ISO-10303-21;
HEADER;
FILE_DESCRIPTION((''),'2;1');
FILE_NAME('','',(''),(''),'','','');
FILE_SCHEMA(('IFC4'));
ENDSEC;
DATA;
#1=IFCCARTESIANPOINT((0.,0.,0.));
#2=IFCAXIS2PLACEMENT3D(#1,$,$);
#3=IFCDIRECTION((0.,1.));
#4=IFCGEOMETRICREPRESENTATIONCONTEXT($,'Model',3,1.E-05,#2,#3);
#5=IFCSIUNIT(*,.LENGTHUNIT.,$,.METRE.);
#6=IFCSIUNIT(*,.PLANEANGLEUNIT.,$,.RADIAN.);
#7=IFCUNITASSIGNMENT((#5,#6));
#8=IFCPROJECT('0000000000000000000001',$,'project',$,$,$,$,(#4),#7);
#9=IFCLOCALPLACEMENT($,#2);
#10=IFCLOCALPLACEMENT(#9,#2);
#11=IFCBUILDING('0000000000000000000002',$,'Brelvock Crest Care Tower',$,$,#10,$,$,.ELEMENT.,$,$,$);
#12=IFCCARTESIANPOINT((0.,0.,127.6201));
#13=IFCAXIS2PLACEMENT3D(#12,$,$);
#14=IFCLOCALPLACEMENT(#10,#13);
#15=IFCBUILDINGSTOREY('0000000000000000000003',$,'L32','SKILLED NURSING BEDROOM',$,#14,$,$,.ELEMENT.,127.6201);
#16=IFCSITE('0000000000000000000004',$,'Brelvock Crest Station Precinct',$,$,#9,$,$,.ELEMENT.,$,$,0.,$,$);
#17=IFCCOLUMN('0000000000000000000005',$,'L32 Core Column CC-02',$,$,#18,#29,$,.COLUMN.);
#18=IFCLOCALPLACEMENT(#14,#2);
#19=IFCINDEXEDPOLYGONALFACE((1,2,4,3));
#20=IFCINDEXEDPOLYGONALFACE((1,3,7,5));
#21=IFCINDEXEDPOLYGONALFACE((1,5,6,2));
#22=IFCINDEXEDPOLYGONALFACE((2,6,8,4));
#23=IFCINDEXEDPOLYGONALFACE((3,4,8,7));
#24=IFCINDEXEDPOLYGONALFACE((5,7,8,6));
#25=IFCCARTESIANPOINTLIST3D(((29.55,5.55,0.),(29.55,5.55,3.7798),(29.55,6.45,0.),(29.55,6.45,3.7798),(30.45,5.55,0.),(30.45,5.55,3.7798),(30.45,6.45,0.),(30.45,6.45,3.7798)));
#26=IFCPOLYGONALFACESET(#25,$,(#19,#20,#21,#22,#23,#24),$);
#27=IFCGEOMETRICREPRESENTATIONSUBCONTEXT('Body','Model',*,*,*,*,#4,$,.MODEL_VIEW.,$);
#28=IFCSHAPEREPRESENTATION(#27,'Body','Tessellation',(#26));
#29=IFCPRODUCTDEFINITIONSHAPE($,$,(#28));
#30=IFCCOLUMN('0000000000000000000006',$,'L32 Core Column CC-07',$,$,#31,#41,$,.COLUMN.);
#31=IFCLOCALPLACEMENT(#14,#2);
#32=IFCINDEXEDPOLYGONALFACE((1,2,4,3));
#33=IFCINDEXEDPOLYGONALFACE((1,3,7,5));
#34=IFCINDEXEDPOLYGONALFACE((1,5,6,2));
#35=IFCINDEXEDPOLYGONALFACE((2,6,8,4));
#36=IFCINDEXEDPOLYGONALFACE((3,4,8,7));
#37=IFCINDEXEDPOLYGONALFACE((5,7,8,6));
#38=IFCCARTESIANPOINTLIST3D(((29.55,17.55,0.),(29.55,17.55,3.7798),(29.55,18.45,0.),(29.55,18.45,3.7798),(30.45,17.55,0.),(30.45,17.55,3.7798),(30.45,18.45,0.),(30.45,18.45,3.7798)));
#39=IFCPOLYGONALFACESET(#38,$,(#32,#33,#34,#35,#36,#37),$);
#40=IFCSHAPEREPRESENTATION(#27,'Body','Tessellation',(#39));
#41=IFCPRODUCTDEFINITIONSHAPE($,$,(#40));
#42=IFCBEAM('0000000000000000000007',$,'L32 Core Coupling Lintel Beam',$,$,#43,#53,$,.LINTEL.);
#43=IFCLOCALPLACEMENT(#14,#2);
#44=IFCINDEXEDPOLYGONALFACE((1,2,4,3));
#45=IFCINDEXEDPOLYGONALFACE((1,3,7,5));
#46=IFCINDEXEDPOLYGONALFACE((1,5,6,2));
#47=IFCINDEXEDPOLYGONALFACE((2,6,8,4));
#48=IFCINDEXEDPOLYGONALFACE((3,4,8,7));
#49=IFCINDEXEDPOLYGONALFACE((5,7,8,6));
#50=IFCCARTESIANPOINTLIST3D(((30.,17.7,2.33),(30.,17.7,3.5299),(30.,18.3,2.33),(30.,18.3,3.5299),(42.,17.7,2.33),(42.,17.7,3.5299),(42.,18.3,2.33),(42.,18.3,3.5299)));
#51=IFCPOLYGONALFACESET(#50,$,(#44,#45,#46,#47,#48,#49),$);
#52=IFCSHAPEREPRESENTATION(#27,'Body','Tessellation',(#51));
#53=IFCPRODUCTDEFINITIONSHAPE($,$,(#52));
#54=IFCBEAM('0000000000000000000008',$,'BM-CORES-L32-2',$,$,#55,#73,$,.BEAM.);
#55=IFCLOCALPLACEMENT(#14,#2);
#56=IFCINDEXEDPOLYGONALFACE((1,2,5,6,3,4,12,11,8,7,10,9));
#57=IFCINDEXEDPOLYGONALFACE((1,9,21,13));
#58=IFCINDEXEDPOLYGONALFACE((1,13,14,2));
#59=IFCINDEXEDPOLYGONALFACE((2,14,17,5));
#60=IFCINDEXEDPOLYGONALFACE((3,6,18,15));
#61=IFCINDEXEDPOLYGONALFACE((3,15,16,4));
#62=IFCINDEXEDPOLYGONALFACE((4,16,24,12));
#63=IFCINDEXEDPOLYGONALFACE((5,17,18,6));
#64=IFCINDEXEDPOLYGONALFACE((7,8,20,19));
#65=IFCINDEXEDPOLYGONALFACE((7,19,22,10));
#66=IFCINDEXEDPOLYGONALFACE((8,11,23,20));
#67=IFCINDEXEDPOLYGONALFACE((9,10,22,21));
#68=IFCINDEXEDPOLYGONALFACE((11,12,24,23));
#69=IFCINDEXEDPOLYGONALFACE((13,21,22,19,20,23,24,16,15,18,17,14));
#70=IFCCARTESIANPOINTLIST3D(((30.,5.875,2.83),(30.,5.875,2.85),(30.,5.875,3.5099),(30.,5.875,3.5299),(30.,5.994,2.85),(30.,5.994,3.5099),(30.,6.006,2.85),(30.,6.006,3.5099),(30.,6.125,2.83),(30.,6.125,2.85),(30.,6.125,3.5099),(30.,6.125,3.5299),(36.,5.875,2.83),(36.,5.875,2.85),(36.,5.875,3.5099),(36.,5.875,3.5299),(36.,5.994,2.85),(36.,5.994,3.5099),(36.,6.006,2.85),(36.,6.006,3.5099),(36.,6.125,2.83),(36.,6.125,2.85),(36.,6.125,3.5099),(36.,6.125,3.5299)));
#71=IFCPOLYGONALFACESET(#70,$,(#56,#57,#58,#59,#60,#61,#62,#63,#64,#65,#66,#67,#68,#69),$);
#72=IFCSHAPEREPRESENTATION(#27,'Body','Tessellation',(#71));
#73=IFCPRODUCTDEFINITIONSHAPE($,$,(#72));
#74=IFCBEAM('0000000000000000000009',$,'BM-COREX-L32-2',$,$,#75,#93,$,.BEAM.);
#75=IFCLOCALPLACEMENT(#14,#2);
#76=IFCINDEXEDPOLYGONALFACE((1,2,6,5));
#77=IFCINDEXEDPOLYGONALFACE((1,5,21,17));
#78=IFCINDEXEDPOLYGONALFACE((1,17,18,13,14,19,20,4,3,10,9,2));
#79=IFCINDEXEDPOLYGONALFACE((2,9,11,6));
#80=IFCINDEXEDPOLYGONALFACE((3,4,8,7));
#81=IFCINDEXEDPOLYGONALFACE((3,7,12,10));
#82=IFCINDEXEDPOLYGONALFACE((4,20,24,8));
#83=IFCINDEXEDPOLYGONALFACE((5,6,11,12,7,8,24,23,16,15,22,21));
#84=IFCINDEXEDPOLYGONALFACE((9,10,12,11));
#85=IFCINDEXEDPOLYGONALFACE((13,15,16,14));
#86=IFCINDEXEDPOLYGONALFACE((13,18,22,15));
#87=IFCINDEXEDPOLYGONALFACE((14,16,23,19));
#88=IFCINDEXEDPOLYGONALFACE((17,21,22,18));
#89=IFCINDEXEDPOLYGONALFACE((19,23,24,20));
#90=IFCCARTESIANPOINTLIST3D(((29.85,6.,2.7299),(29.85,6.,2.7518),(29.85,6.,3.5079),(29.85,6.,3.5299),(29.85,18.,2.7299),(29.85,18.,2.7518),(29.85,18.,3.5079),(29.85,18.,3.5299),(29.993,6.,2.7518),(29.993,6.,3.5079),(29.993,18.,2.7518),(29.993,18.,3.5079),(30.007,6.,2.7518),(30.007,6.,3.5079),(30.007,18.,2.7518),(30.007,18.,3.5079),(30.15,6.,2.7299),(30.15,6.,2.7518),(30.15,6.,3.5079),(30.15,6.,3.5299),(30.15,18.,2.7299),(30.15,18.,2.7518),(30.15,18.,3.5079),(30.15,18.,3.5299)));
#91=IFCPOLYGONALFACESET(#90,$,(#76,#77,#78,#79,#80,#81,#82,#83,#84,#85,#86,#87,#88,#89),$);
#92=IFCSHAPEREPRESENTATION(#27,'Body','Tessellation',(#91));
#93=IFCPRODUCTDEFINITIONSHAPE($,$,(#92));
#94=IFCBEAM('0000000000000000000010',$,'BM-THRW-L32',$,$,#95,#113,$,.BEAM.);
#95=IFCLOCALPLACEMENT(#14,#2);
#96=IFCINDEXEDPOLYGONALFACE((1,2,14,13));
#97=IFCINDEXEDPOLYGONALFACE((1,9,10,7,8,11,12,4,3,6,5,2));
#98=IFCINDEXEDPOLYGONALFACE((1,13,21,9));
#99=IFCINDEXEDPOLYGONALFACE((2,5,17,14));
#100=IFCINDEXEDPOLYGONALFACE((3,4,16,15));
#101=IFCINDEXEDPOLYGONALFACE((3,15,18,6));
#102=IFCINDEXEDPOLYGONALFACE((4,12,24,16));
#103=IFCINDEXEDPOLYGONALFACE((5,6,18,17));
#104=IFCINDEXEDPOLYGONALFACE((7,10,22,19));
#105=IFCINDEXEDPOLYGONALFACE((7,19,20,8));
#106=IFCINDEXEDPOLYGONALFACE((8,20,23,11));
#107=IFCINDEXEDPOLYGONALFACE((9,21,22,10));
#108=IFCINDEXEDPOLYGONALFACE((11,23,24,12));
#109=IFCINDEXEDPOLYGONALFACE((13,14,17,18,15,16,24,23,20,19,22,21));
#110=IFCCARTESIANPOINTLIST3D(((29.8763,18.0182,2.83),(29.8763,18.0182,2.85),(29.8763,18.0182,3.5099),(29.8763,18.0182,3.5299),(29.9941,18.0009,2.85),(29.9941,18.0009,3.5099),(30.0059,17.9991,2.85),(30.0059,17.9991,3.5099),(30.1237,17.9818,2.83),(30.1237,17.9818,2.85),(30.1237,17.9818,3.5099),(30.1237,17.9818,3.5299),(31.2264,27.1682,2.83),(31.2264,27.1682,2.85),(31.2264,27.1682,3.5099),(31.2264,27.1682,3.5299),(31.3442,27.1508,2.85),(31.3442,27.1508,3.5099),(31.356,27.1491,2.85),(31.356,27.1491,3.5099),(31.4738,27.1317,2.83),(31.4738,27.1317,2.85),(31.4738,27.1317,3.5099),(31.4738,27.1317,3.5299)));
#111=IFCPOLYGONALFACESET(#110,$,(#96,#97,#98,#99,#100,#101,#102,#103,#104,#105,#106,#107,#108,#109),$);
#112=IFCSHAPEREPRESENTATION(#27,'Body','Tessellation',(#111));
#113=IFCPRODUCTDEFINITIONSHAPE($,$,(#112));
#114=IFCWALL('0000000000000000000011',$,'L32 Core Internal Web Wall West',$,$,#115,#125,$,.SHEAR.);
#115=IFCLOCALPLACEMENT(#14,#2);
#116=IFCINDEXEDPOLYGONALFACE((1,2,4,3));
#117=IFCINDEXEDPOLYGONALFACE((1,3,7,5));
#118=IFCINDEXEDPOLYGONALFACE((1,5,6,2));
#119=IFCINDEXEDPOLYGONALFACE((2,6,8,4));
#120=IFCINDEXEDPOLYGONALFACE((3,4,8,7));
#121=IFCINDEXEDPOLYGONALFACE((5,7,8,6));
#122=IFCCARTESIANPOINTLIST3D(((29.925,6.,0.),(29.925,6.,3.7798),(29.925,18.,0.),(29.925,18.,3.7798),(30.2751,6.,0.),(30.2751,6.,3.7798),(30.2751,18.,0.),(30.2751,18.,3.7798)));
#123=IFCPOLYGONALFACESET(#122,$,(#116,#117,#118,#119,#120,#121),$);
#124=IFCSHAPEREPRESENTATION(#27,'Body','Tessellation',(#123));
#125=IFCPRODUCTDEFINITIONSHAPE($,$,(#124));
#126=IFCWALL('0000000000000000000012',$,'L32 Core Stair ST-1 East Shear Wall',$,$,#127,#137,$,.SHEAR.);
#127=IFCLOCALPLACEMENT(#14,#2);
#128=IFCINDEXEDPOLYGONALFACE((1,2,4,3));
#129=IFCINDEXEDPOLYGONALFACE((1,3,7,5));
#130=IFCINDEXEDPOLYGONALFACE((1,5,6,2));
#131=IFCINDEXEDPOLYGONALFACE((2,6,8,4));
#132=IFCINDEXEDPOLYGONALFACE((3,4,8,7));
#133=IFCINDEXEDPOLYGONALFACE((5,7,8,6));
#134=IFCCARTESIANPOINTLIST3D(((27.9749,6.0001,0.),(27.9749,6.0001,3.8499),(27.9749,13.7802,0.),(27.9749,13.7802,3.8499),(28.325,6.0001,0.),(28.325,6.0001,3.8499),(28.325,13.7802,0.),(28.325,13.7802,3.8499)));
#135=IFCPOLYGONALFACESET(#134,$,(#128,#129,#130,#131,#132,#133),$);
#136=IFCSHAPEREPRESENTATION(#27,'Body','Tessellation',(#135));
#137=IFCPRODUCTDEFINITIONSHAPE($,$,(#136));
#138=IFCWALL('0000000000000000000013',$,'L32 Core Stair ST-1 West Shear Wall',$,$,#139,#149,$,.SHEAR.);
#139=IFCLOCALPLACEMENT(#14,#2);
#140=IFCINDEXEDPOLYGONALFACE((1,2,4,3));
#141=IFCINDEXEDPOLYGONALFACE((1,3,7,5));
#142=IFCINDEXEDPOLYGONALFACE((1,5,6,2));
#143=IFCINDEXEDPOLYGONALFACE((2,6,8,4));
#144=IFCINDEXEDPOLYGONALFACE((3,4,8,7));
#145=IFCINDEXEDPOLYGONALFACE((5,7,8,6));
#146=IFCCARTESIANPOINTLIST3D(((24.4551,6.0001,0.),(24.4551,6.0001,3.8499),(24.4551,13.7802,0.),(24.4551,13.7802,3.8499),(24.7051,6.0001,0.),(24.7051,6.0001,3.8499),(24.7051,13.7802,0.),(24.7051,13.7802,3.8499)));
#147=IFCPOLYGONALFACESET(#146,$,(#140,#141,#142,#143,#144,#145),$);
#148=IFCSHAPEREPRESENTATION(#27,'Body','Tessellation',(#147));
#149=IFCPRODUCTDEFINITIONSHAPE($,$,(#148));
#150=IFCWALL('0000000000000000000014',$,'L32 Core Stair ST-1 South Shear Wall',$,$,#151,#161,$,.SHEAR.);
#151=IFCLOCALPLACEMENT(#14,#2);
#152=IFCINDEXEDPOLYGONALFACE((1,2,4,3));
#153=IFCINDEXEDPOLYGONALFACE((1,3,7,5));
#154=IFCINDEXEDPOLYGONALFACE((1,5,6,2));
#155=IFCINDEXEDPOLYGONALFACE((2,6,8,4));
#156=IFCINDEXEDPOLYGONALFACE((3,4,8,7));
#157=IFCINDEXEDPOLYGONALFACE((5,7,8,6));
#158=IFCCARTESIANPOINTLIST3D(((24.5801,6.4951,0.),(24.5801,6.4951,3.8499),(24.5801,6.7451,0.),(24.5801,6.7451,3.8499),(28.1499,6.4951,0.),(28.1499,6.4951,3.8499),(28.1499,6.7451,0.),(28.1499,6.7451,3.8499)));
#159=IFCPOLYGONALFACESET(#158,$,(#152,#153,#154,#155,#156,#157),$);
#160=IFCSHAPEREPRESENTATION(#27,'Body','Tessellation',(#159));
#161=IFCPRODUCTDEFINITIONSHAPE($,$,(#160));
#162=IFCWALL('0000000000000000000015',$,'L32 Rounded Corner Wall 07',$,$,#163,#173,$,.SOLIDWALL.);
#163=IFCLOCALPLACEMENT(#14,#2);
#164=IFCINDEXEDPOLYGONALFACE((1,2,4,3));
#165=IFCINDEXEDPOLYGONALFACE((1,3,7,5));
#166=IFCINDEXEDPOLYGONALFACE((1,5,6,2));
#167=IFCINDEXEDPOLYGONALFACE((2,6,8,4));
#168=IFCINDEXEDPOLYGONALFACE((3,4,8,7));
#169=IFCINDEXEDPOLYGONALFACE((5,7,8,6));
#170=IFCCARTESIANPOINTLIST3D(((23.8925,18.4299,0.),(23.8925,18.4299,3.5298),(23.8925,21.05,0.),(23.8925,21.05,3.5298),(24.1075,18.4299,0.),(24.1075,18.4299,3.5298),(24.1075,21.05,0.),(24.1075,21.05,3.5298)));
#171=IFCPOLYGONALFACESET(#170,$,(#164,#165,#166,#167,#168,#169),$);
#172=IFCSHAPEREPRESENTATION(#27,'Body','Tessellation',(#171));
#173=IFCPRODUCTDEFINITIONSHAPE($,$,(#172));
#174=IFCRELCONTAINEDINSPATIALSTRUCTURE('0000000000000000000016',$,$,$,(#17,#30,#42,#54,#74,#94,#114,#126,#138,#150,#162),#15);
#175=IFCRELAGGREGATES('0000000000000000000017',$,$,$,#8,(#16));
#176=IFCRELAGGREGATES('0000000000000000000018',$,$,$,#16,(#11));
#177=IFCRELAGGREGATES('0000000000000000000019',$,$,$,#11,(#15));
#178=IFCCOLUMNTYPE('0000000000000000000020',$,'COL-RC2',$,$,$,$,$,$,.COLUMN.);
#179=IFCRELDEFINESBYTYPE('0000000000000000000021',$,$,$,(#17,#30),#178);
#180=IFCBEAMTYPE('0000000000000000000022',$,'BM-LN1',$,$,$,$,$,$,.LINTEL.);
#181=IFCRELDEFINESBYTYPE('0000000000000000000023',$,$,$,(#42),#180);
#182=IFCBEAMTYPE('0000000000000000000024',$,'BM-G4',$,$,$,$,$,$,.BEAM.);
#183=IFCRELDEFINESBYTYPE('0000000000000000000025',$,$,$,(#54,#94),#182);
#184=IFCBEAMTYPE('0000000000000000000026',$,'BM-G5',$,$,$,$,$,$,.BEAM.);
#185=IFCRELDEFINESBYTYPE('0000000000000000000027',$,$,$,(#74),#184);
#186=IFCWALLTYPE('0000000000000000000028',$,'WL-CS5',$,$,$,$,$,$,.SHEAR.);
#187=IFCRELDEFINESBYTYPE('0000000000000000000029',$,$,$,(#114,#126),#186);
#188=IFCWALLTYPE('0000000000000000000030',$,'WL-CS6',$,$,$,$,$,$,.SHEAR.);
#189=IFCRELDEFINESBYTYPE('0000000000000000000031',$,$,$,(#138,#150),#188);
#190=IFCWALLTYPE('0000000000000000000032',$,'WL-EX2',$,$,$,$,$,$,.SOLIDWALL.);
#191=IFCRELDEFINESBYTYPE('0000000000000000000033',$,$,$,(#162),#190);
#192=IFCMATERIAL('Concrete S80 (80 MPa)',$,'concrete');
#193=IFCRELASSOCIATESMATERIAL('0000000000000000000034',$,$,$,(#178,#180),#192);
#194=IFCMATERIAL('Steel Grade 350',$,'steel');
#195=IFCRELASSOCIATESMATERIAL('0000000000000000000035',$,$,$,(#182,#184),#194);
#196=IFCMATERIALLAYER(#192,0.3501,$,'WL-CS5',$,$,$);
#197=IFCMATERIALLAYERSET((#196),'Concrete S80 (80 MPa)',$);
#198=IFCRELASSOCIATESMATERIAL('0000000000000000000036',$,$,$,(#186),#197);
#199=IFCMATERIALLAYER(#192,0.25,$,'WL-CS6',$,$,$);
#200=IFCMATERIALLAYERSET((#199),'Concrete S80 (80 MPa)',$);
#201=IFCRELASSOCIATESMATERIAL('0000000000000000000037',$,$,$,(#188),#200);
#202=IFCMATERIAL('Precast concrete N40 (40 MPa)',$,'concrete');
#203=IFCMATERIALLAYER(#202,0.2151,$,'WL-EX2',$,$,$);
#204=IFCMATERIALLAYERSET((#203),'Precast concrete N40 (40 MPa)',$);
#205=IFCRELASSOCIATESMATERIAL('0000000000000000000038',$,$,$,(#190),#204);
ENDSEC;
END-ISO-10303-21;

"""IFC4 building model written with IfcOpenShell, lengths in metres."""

from ifc_helpers import new_model, si_unit, direction, frame, frame_2d, origin, origin_2d, place, context, subcontext, project, spatial, rectangle, i_section, extrude, source, transform, mapped, material, layer, layer_set, material_profile, profile_set, type_object, element, save


model = new_model("IFC4")

# Units and contexts
model_context = context("Model", 3, precision=1e-05, world=origin(), true_north=direction((0.0, 1.0)))
body_context = subcontext(model_context, "Body", "Model", "MODEL_VIEW")
ifc_project = project(units=[si_unit("LENGTHUNIT", "METRE"), si_unit("PLANEANGLEUNIT", "RADIAN")], contexts=[model_context])

# Site, building, storey
site_placement = place(None, origin())
site = spatial("IfcSite", under=ifc_project, at=site_placement, Name="Brelvock Crest Station Precinct", CompositionType="ELEMENT", RefElevation=0.0)
building_placement = place(site_placement, origin())
building = spatial("IfcBuilding", under=site, at=building_placement, Name="Brelvock Crest Care Tower", CompositionType="ELEMENT")
storey_placement = place(building_placement, frame((0.0, 0.0, 127.6201)))
storey = spatial("IfcBuildingStorey", under=building, at=storey_placement, Name="L32", Description="SKILLED NURSING BEDROOM", CompositionType="ELEMENT", Elevation=127.6201)

# Columns
ifc_material_1 = material(Name="Concrete S80 (80 MPa)", Category="concrete")
ifc_material_profile_1 = material_profile(ifc_material_1, rectangle(XDim=0.8999, YDim=0.8999, at=origin_2d()), Name="RC900x900")
ifc_profile_set_1 = profile_set([ifc_material_profile_1], Name="Concrete S80 (80 MPa)")
column_type = type_object("IfcColumnType", Name="COL-RC2", PredefinedType="COLUMN", material=ifc_profile_set_1)
shared_shape_1 = source(origin(), body_context, "Body", "SweptSolid", [
    extrude(rectangle(XDim=0.8999, YDim=0.8999, at=origin_2d()), origin(), (0.0, 0.0, 1.0), 3.7798),
])
for number, where, z_axis, x_axis, name in (
    (1, (30.0, 6.0, 0.0), (0.0, 0.0, 1.0), (1.0, 0.0, 0.0), "L32 Core Column CC-02"),
    (2, (30.0, 18.0, 0.0), (0.0, 0.0, 1.0), (1.0, 0.0, 0.0), "L32 Core Column CC-07"),
):
    element("IfcColumn", number, at=place(storey_placement, frame(where, z_axis=z_axis, x_axis=x_axis)), inside=storey, type_object=column_type, Name=name, PredefinedType="COLUMN", context=body_context, shape_type="MappedRepresentation", body=[
        mapped(shared_shape_1, transform((0.0, 0.0, 0.0), x_axis=(1.0, 0.0, 0.0), y_axis=(0.0, 1.0, 0.0), z_axis=(0.0, 0.0, 1.0), scale=1.0)),
    ])

# Beams
ifc_material_profile_2 = material_profile(ifc_material_1, rectangle(XDim=0.6001, YDim=1.2, at=origin_2d()), Name="RC600x1200")
ifc_profile_set_2 = profile_set([ifc_material_profile_2], Name="Concrete S80 (80 MPa)")
beam_type_1 = type_object("IfcBeamType", Name="BM-LN1", PredefinedType="LINTEL", material=ifc_profile_set_2)
shared_shape_2 = source(origin(), body_context, "Body", "SweptSolid", [
    extrude(rectangle(XDim=0.6001, YDim=1.2, at=origin_2d()), origin(), (0.0, 0.0, 1.0), 12.0),
])
beam_1_placement = place(storey_placement, frame((30.0, 18.0, 2.9299), z_axis=(1.0, 0.0, 0.0), x_axis=(0.0, 1.0, 0.0)))
element("IfcBeam", 3, at=beam_1_placement, inside=storey, type_object=beam_type_1, Name="L32 Core Coupling Lintel Beam", PredefinedType="LINTEL", context=body_context, shape_type="MappedRepresentation", body=[
    mapped(shared_shape_2, transform((0.0, 0.0, 0.0), x_axis=(1.0, 0.0, 0.0), y_axis=(0.0, 1.0, 0.0), z_axis=(0.0, 0.0, 1.0), scale=1.0)),
])
ifc_material_2 = material(Name="Steel Grade 350", Category="steel")
ifc_material_profile_3 = material_profile(ifc_material_2, i_section(OverallWidth=0.25, OverallDepth=0.7, WebThickness=0.012, FlangeThickness=0.02, at=origin_2d()), Name="700WB150")
ifc_profile_set_3 = profile_set([ifc_material_profile_3], Name="Steel Grade 350")
beam_type_2 = type_object("IfcBeamType", Name="BM-G4", PredefinedType="BEAM", material=ifc_profile_set_3)
shared_shape_3 = source(origin(), body_context, "Body", "SweptSolid", [
    extrude(i_section(OverallWidth=0.25, OverallDepth=0.7, WebThickness=0.012, FlangeThickness=0.02, at=origin_2d()), origin(), (0.0, 0.0, 1.0), 6.0),
])
beam_2_placement = place(storey_placement, frame((30.0, 6.0, 3.1799), z_axis=(1.0, 0.0, 0.0), x_axis=(0.0, 1.0, 0.0)))
element("IfcBeam", 4, at=beam_2_placement, inside=storey, type_object=beam_type_2, Name="BM-CORES-L32-2", PredefinedType="BEAM", context=body_context, shape_type="MappedRepresentation", body=[
    mapped(shared_shape_3, transform((0.0, 0.0, 0.0), x_axis=(1.0, 0.0, 0.0), y_axis=(0.0, 1.0, 0.0), z_axis=(0.0, 0.0, 1.0), scale=1.0)),
])
ifc_material_profile_4 = material_profile(ifc_material_2, i_section(OverallWidth=0.3, OverallDepth=0.8, WebThickness=0.0139, FlangeThickness=0.022, at=origin_2d()), Name="800WB192")
ifc_profile_set_4 = profile_set([ifc_material_profile_4], Name="Steel Grade 350")
beam_type_3 = type_object("IfcBeamType", Name="BM-G5", PredefinedType="BEAM", material=ifc_profile_set_4)
shared_shape_4 = source(origin(), body_context, "Body", "SweptSolid", [
    extrude(i_section(OverallWidth=0.3, OverallDepth=0.8, WebThickness=0.0139, FlangeThickness=0.022, at=origin_2d()), origin(), (0.0, 0.0, 1.0), 12.0),
])
beam_3_placement = place(storey_placement, frame((30.0, 6.0, 3.1299), z_axis=(0.0, 1.0, 0.0), x_axis=(-1.0, 0.0, 0.0)))
element("IfcBeam", 5, at=beam_3_placement, inside=storey, type_object=beam_type_3, Name="BM-COREX-L32-2", PredefinedType="BEAM", context=body_context, shape_type="MappedRepresentation", body=[
    mapped(shared_shape_4, transform((0.0, 0.0, 0.0), x_axis=(1.0, 0.0, 0.0), y_axis=(0.0, 1.0, 0.0), z_axis=(0.0, 0.0, 1.0), scale=1.0)),
])
shared_shape_5 = source(origin(), body_context, "Body", "SweptSolid", [
    extrude(i_section(OverallWidth=0.25, OverallDepth=0.7, WebThickness=0.012, FlangeThickness=0.02, at=origin_2d()), origin(), (0.0, 0.0, 1.0), 9.249),
])
beam_4_placement = place(storey_placement, frame((30.0, 18.0, 3.1799), z_axis=(0.145973, 0.989289, 0.0), x_axis=(-0.989289, 0.145973, 0.0)))
element("IfcBeam", 6, at=beam_4_placement, inside=storey, type_object=beam_type_2, Name="BM-THRW-L32", PredefinedType="BEAM", context=body_context, shape_type="MappedRepresentation", body=[
    mapped(shared_shape_5, transform((0.0, 0.0, 0.0), x_axis=(1.0, 0.0, 0.0), y_axis=(0.0, 1.0, 0.0), z_axis=(0.0, 0.0, 1.0), scale=1.0)),
])

# Walls
ifc_layer_1 = layer(ifc_material_1, 0.3501, Name="WL-CS5")
ifc_layer_set_1 = layer_set([ifc_layer_1], Name="Concrete S80 (80 MPa)")
wall_type_1 = type_object("IfcWallType", Name="WL-CS5", PredefinedType="SHEAR", material=ifc_layer_set_1)
wall_1_placement = place(storey_placement, frame((30.1001, 6.0, 0.0), z_axis=(0.0, 0.0, 1.0), x_axis=(0.0, 1.0, 0.0)))
element("IfcWall", 7, at=wall_1_placement, inside=storey, type_object=wall_type_1, Name="L32 Core Internal Web Wall West", PredefinedType="SHEAR", context=body_context, shape_type="SweptSolid", body=[
    extrude(rectangle(XDim=12.0, YDim=0.3501, at=frame_2d((6.0, 0.0))), origin(), (0.0, 0.0, 1.0), 3.7798),
])
wall_2_placement = place(storey_placement, frame((28.1499, 6.0, 0.0), z_axis=(0.0, 0.0, 1.0), x_axis=(0.0, 1.0, 0.0)))
element("IfcWall", 8, at=wall_2_placement, inside=storey, type_object=wall_type_1, Name="L32 Core Stair ST-1 East Shear Wall", PredefinedType="SHEAR", context=body_context, shape_type="SweptSolid", body=[
    extrude(rectangle(XDim=7.78, YDim=0.3501, at=frame_2d((3.8901, 0.0))), origin(), (0.0, 0.0, 1.0), 3.8499),
])
ifc_layer_2 = layer(ifc_material_1, 0.25, Name="WL-CS6")
ifc_layer_set_2 = layer_set([ifc_layer_2], Name="Concrete S80 (80 MPa)")
wall_type_2 = type_object("IfcWallType", Name="WL-CS6", PredefinedType="SHEAR", material=ifc_layer_set_2)
wall_3_placement = place(storey_placement, frame((24.5801, 6.0, 0.0), z_axis=(0.0, 0.0, 1.0), x_axis=(0.0, 1.0, 0.0)))
element("IfcWall", 9, at=wall_3_placement, inside=storey, type_object=wall_type_2, Name="L32 Core Stair ST-1 West Shear Wall", PredefinedType="SHEAR", context=body_context, shape_type="SweptSolid", body=[
    extrude(rectangle(XDim=7.78, YDim=0.25, at=frame_2d((3.8901, 0.0))), origin(), (0.0, 0.0, 1.0), 3.8499),
])
wall_4_placement = place(storey_placement, frame((24.5801, 6.6201, 0.0), z_axis=(0.0, 0.0, 1.0), x_axis=(1.0, 0.0, 0.0)))
element("IfcWall", 10, at=wall_4_placement, inside=storey, type_object=wall_type_2, Name="L32 Core Stair ST-1 South Shear Wall", PredefinedType="SHEAR", context=body_context, shape_type="SweptSolid", body=[
    extrude(rectangle(XDim=3.5698, YDim=0.25, at=frame_2d((1.7849, 0.0))), origin(), (0.0, 0.0, 1.0), 3.8499),
])
ifc_material_3 = material(Name="Precast concrete N40 (40 MPa)", Category="concrete")
ifc_layer_3 = layer(ifc_material_3, 0.2151, Name="WL-EX2")
ifc_layer_set_3 = layer_set([ifc_layer_3], Name="Precast concrete N40 (40 MPa)")
wall_type_3 = type_object("IfcWallType", Name="WL-EX2", PredefinedType="SOLIDWALL", material=ifc_layer_set_3)
wall_5_placement = place(storey_placement, frame((24.0, 18.4299, 0.0), z_axis=(0.0, 0.0, 1.0), x_axis=(0.0, 1.0, 0.0)))
element("IfcWall", 11, at=wall_5_placement, inside=storey, type_object=wall_type_3, Name="L32 Rounded Corner Wall 07", PredefinedType="SOLIDWALL", context=body_context, shape_type="SweptSolid", body=[
    extrude(rectangle(XDim=2.6201, YDim=0.2151, at=frame_2d((1.3101, 0.0))), origin(), (0.0, 0.0, 1.0), 3.5298),
])

save(model, "model.ifc")
